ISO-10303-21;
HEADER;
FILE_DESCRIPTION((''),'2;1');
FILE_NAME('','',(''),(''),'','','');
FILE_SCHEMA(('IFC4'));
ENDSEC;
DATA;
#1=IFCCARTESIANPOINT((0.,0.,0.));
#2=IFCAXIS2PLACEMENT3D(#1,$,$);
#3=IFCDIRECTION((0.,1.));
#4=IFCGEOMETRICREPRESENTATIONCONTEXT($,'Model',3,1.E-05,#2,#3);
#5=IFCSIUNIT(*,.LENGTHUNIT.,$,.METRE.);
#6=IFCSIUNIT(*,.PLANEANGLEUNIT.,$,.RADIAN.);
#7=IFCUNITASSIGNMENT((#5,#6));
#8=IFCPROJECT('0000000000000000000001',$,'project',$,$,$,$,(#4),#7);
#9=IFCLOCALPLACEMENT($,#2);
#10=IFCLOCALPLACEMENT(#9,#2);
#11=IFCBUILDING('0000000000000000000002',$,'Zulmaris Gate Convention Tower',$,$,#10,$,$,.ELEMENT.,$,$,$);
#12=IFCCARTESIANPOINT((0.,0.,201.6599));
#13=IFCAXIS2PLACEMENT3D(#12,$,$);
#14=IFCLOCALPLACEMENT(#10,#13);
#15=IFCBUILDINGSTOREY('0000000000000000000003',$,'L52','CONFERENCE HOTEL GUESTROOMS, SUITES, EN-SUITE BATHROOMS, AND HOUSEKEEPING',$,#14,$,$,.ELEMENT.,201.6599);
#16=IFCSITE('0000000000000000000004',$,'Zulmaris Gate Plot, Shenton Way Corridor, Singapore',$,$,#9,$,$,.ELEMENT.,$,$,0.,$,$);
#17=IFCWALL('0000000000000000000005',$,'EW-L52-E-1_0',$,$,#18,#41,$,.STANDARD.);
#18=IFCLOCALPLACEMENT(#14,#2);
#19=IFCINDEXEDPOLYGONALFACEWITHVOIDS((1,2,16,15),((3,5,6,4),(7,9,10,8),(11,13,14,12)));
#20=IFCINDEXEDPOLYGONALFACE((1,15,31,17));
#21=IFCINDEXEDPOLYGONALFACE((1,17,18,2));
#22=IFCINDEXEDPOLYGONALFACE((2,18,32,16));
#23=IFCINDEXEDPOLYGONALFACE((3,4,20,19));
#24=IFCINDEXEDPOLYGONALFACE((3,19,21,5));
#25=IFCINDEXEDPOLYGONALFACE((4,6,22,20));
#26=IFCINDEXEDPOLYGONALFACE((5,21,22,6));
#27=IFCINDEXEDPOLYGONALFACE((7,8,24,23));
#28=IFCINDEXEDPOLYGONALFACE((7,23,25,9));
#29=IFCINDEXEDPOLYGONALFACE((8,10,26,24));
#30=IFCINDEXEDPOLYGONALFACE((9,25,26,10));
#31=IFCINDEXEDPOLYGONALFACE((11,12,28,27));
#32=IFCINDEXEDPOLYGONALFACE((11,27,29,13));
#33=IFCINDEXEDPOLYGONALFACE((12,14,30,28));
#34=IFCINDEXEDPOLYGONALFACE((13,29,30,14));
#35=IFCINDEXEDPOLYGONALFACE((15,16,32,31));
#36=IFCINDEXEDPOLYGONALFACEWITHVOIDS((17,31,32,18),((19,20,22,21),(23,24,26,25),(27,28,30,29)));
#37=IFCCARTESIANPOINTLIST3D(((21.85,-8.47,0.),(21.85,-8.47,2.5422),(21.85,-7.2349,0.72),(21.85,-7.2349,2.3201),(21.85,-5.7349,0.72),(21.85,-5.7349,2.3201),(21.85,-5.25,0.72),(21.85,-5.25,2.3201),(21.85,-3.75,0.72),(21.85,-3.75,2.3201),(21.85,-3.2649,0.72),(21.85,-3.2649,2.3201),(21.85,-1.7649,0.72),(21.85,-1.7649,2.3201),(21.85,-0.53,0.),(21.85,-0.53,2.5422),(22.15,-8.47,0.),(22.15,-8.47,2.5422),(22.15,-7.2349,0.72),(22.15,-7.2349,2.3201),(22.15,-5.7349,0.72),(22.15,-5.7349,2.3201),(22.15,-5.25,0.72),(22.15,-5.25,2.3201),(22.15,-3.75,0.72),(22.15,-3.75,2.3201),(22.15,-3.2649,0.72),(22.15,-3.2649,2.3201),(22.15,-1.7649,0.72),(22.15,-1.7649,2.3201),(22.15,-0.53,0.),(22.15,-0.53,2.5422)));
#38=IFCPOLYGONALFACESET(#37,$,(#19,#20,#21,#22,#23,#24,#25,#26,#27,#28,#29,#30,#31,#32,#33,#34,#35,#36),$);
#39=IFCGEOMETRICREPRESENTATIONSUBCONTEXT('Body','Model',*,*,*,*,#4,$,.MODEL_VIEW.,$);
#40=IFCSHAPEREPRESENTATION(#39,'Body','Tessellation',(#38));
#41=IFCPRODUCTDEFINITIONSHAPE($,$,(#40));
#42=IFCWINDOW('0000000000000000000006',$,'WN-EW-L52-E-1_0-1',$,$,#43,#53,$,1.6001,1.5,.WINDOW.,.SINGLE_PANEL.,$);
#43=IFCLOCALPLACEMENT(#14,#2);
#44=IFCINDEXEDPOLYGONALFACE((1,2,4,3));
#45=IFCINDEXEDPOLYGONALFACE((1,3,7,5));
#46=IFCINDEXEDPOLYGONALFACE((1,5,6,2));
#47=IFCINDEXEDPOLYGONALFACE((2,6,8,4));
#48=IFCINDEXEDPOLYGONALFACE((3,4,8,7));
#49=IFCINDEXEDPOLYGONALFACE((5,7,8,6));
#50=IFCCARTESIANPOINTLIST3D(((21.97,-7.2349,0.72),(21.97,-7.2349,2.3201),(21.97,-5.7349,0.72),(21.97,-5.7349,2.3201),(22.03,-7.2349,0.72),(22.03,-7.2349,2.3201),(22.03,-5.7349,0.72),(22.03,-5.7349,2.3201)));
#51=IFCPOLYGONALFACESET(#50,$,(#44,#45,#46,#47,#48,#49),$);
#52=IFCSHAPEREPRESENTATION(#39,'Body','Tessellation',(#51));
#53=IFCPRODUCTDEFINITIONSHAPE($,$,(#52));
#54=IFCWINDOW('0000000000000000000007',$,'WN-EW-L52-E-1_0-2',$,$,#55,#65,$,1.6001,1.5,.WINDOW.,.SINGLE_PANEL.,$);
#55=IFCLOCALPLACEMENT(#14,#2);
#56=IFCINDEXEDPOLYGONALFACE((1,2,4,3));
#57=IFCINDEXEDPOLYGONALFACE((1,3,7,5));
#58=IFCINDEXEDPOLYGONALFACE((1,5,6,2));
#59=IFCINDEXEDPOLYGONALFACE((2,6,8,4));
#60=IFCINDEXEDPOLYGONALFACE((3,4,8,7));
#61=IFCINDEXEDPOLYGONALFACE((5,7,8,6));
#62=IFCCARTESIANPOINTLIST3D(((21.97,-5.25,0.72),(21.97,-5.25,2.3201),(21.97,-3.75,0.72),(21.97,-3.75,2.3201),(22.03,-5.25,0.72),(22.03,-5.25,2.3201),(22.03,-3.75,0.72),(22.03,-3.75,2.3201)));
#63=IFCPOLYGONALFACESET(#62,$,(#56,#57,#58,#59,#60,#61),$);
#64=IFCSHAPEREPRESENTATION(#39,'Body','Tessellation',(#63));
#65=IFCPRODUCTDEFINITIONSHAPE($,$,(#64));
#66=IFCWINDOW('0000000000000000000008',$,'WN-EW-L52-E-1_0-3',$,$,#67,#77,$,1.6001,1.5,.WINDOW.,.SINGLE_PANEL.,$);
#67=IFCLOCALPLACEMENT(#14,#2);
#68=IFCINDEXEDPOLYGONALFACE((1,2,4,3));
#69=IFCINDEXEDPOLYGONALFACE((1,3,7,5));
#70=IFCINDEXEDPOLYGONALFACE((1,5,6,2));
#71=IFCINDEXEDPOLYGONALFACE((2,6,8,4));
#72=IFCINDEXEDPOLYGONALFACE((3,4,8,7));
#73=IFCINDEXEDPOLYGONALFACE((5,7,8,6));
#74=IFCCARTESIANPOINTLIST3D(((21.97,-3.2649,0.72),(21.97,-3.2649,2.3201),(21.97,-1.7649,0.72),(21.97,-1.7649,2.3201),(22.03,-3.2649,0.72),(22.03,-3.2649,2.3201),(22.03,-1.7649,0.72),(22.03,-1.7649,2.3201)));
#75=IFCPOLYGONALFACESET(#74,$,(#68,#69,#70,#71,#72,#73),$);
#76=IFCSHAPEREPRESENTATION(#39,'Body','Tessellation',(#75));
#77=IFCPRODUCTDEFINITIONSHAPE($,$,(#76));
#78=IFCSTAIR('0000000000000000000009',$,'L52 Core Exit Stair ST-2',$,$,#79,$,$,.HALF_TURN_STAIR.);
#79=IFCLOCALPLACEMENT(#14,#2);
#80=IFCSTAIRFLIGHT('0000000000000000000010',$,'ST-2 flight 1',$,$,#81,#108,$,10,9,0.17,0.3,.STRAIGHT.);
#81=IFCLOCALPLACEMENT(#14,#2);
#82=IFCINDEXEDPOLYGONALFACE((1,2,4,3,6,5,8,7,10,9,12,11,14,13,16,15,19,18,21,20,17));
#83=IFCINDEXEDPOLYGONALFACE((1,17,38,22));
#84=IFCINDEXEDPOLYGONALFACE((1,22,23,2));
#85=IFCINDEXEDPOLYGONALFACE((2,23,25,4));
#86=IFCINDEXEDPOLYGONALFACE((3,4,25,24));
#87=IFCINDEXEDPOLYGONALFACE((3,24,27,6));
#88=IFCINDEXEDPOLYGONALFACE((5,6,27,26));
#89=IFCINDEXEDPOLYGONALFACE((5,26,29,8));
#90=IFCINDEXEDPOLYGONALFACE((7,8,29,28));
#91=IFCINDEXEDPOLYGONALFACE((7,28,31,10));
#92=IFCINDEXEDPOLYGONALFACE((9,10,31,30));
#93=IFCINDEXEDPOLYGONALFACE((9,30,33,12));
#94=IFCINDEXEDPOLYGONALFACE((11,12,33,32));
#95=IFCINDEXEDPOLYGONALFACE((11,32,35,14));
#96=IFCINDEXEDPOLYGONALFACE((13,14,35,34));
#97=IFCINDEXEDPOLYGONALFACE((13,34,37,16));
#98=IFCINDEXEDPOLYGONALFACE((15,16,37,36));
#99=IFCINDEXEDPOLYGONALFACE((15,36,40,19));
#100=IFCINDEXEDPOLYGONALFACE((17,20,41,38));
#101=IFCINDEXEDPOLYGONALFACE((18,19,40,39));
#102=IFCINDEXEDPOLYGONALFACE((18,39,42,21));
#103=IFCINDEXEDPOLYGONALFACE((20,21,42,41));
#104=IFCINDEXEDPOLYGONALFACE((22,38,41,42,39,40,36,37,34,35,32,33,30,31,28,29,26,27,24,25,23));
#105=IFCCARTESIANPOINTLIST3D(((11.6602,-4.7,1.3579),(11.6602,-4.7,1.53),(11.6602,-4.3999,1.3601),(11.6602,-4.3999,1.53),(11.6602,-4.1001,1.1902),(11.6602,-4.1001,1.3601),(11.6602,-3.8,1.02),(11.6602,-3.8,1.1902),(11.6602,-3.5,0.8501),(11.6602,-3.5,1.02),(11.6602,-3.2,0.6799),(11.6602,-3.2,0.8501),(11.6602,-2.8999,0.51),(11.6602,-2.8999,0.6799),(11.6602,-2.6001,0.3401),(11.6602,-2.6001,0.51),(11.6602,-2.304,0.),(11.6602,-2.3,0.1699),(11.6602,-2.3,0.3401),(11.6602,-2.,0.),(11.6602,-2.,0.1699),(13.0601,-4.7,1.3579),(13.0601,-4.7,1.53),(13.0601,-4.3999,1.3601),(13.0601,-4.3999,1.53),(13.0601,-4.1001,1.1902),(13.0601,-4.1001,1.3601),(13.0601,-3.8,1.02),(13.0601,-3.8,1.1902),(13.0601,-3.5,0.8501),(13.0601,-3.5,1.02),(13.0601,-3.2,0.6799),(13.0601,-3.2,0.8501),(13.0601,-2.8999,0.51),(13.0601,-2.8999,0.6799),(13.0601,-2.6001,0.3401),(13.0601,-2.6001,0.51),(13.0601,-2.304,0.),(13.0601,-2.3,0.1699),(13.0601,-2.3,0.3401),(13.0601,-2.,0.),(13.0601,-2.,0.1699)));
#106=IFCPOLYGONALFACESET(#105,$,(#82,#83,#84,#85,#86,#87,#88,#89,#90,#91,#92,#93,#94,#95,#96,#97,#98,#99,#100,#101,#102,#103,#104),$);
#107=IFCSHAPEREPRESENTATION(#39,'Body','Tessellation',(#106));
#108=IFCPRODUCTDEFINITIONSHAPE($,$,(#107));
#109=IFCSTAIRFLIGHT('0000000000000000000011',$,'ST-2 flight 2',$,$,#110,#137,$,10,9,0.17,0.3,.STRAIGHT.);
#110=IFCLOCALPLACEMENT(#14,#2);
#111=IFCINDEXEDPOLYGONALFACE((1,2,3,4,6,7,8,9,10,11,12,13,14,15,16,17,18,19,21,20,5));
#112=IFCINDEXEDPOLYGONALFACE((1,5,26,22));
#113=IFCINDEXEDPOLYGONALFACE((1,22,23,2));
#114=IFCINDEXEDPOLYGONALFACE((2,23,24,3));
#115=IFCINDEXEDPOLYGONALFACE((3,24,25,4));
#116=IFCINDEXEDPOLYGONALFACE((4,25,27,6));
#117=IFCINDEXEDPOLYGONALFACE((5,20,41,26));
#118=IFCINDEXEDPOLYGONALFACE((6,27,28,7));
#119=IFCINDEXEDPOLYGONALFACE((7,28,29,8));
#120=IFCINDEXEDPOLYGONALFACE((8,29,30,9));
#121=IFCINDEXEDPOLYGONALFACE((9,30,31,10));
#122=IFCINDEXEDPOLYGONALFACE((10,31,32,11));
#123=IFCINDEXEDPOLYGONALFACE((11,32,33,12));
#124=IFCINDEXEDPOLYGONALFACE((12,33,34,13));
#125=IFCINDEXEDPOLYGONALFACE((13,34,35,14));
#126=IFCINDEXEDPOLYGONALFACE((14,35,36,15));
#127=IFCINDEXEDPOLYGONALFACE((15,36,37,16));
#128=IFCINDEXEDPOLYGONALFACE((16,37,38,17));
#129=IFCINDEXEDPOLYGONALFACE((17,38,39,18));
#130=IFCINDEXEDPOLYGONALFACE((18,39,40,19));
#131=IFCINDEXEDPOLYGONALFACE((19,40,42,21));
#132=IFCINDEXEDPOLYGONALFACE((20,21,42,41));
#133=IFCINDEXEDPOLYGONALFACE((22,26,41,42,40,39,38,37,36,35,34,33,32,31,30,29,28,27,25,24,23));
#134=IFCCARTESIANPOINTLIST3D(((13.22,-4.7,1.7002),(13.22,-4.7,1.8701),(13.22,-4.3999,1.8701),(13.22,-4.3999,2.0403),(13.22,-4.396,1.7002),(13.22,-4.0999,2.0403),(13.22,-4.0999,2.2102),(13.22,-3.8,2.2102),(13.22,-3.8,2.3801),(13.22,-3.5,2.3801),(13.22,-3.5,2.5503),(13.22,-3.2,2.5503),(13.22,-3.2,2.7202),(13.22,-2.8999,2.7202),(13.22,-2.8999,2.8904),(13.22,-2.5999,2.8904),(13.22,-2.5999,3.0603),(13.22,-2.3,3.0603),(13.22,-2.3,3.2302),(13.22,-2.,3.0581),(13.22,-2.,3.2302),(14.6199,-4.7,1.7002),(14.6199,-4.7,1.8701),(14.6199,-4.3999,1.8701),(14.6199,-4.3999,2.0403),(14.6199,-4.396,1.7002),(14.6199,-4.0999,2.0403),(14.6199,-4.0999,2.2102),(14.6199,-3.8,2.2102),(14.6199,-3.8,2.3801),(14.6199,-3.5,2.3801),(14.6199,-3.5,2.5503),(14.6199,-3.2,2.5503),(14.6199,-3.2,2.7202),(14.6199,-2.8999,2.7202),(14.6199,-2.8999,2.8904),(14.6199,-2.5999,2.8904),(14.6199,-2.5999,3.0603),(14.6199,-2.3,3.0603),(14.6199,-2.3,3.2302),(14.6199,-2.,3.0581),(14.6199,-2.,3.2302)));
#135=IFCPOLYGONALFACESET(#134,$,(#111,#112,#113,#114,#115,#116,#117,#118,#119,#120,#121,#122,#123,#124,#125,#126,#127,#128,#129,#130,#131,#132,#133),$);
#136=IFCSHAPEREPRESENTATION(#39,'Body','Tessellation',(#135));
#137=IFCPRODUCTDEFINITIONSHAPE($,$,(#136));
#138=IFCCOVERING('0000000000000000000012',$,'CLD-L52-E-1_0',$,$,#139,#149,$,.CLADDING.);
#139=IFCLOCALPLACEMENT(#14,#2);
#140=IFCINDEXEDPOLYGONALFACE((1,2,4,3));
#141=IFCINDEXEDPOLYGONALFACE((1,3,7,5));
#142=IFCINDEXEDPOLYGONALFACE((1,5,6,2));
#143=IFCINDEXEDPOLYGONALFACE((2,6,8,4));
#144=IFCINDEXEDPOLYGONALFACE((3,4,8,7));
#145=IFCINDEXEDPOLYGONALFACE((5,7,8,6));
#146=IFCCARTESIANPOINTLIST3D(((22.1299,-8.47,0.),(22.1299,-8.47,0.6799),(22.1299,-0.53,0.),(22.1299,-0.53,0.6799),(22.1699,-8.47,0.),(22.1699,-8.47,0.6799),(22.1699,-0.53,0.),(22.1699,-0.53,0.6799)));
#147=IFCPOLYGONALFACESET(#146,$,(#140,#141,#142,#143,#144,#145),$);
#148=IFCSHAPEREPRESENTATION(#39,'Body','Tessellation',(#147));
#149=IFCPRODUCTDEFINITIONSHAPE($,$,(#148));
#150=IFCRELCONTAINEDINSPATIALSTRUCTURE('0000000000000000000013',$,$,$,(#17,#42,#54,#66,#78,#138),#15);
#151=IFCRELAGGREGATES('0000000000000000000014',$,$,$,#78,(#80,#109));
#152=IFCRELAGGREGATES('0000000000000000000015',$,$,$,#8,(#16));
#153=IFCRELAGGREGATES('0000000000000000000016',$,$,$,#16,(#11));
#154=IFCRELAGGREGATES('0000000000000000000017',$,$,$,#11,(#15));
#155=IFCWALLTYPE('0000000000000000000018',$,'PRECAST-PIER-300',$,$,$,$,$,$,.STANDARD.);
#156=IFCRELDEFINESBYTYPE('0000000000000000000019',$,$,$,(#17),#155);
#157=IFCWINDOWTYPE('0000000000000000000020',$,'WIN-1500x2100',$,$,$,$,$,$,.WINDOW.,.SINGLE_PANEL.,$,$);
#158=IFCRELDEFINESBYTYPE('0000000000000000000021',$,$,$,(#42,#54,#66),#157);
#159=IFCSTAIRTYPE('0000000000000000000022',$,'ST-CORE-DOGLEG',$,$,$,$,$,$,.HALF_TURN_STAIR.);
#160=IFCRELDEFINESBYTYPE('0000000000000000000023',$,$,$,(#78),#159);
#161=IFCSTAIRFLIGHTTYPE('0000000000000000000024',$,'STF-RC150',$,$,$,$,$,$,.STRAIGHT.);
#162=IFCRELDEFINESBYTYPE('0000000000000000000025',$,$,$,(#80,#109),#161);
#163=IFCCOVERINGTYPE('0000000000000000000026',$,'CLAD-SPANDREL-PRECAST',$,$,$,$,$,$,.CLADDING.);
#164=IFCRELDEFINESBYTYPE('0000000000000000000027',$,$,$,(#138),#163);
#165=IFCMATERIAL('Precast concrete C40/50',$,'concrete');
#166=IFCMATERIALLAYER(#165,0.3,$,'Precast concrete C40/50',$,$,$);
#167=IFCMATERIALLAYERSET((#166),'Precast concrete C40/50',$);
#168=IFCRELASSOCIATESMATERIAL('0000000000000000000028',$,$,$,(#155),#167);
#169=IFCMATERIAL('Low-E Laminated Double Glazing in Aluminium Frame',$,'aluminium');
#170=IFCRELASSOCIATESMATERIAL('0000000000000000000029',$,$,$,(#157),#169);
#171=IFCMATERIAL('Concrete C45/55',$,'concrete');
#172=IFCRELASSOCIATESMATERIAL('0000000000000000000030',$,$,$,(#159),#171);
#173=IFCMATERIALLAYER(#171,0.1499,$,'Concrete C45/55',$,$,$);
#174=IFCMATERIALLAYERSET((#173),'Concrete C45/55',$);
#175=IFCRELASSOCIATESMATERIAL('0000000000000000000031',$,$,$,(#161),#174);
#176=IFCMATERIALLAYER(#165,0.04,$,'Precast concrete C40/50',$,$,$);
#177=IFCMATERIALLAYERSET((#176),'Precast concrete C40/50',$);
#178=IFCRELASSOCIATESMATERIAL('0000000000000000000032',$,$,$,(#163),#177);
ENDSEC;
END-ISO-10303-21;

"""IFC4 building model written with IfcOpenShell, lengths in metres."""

from ifc_helpers import new_model, si_unit, direction, frame, frame_2d, origin, place, context, subcontext, project, spatial, polyline, rectangle, outline, extrude, material, layer, layer_set, type_object, element, fill, aggregate, save


model = new_model("IFC4")

# Units and contexts
model_context = context("Model", 3, precision=1e-05, world=origin(), true_north=direction((0.0, 1.0)))
body_context = subcontext(model_context, "Body", "Model", "MODEL_VIEW")
ifc_project = project(units=[si_unit("LENGTHUNIT", "METRE"), si_unit("PLANEANGLEUNIT", "RADIAN")], contexts=[model_context])

# Site, building, storey
site_placement = place(None, origin())
site = spatial("IfcSite", under=ifc_project, at=site_placement, Name="Zulmaris Gate Plot, Shenton Way Corridor, Singapore", CompositionType="ELEMENT", RefElevation=0.0)
building_placement = place(site_placement, origin())
building = spatial("IfcBuilding", under=site, at=building_placement, Name="Zulmaris Gate Convention Tower", CompositionType="ELEMENT")
storey_placement = place(building_placement, frame((0.0, 0.0, 201.6599)))
storey = spatial("IfcBuildingStorey", under=building, at=storey_placement, Name="L52", Description="CONFERENCE HOTEL GUESTROOMS, SUITES, EN-SUITE BATHROOMS, AND HOUSEKEEPING", CompositionType="ELEMENT", Elevation=201.6599)

# Wall, openings, windows
ifc_material_1 = material(Name="Precast concrete C40/50", Category="concrete")
ifc_layer_1 = layer(ifc_material_1, 0.3, Name="Precast concrete C40/50")
ifc_layer_set_1 = layer_set([ifc_layer_1], Name="Precast concrete C40/50")
wall_type_1 = type_object("IfcWallType", Name="PRECAST-PIER-300", PredefinedType="STANDARD", material=ifc_layer_set_1)
wall_1_placement = place(storey_placement, frame((22.0, -8.47, 0.0), z_axis=(0.0, 0.0, 1.0), x_axis=(0.0, 1.0, 0.0)))
wall_1 = element("IfcWall", 1, at=wall_1_placement, inside=storey, type_object=wall_type_1, Name="EW-L52-E-1_0", PredefinedType="STANDARD", context=body_context, shape_type="SweptSolid", body=[
    extrude(rectangle(XDim=7.9399, YDim=0.3, at=frame_2d((3.97, 0.0))), origin(), (0.0, 0.0, 1.0), 2.5422),
])
opening_1_placement = place(wall_1_placement, frame((1.2351, 0.0, 0.72)))
opening_1 = element("IfcOpeningElement", 2, at=opening_1_placement, cuts=wall_1, PredefinedType="OPENING", context=body_context, shape_type="SweptSolid", body=[
    extrude(rectangle(XDim=1.5, YDim=1.6001, at=frame_2d((0.75, 0.8))), frame((0.0, 0.1602, 0.0), z_axis=(0.0, -1.0, 0.0), x_axis=(1.0, 0.0, 0.0)), (0.0, 0.0, 1.0), 0.3201),
])
opening_2_placement = place(wall_1_placement, frame((3.22, 0.0, 0.72)))
opening_2 = element("IfcOpeningElement", 3, at=opening_2_placement, cuts=wall_1, PredefinedType="OPENING", context=body_context, shape_type="SweptSolid", body=[
    extrude(rectangle(XDim=1.5, YDim=1.6001, at=frame_2d((0.75, 0.8))), frame((0.0, 0.1602, 0.0), z_axis=(0.0, -1.0, 0.0), x_axis=(1.0, 0.0, 0.0)), (0.0, 0.0, 1.0), 0.3201),
])
opening_3_placement = place(wall_1_placement, frame((5.2051, 0.0, 0.72)))
opening_3 = element("IfcOpeningElement", 4, at=opening_3_placement, cuts=wall_1, PredefinedType="OPENING", context=body_context, shape_type="SweptSolid", body=[
    extrude(rectangle(XDim=1.5, YDim=1.6001, at=frame_2d((0.75, 0.8))), frame((0.0, 0.1602, 0.0), z_axis=(0.0, -1.0, 0.0), x_axis=(1.0, 0.0, 0.0)), (0.0, 0.0, 1.0), 0.3201),
])
ifc_material_2 = material(Name="Low-E Laminated Double Glazing in Aluminium Frame", Category="aluminium")
window_type = type_object("IfcWindowType", Name="WIN-1500x2100", PartitioningType="SINGLE_PANEL", PredefinedType="WINDOW", material=ifc_material_2)
window_1_placement = place(opening_1_placement, origin())
window_1 = element("IfcWindow", 5, at=window_1_placement, inside=storey, type_object=window_type, Name="WN-EW-L52-E-1_0-1", OverallHeight=1.6001, OverallWidth=1.5, PartitioningType="SINGLE_PANEL", PredefinedType="WINDOW", context=body_context, shape_type="SweptSolid", body=[
    extrude(rectangle(XDim=1.5, YDim=1.6001, at=frame_2d((0.75, 0.8))), frame((0.0, 0.03, 0.0), z_axis=(0.0, -1.0, 0.0), x_axis=(1.0, 0.0, 0.0)), (0.0, 0.0, 1.0), 0.0601),
])
fill(opening_1, window_1)
window_2_placement = place(opening_2_placement, origin())
window_2 = element("IfcWindow", 6, at=window_2_placement, inside=storey, type_object=window_type, Name="WN-EW-L52-E-1_0-2", OverallHeight=1.6001, OverallWidth=1.5, PartitioningType="SINGLE_PANEL", PredefinedType="WINDOW", context=body_context, shape_type="SweptSolid", body=[
    extrude(rectangle(XDim=1.5, YDim=1.6001, at=frame_2d((0.75, 0.8))), frame((0.0, 0.03, 0.0), z_axis=(0.0, -1.0, 0.0), x_axis=(1.0, 0.0, 0.0)), (0.0, 0.0, 1.0), 0.0601),
])
fill(opening_2, window_2)
window_3_placement = place(opening_3_placement, origin())
window_3 = element("IfcWindow", 7, at=window_3_placement, inside=storey, type_object=window_type, Name="WN-EW-L52-E-1_0-3", OverallHeight=1.6001, OverallWidth=1.5, PartitioningType="SINGLE_PANEL", PredefinedType="WINDOW", context=body_context, shape_type="SweptSolid", body=[
    extrude(rectangle(XDim=1.5, YDim=1.6001, at=frame_2d((0.75, 0.8))), frame((0.0, 0.03, 0.0), z_axis=(0.0, -1.0, 0.0), x_axis=(1.0, 0.0, 0.0)), (0.0, 0.0, 1.0), 0.0601),
])
fill(opening_3, window_3)

# Stair, stair flights
ifc_material_3 = material(Name="Concrete C45/55", Category="concrete")
stair_type = type_object("IfcStairType", Name="ST-CORE-DOGLEG", PredefinedType="HALF_TURN_STAIR", material=ifc_material_3)
stair_placement = place(storey_placement, origin())
stair = element("IfcStair", 8, at=stair_placement, inside=storey, type_object=stair_type, Name="L52 Core Exit Stair ST-2", PredefinedType="HALF_TURN_STAIR")
ifc_layer_2 = layer(ifc_material_3, 0.1499, Name="Concrete C45/55")
ifc_layer_set_2 = layer_set([ifc_layer_2], Name="Concrete C45/55")
stair_flight_type = type_object("IfcStairFlightType", Name="STF-RC150", PredefinedType="STRAIGHT", material=ifc_layer_set_2)
stair_flight_1_placement = place(storey_placement, frame((12.3601, -2.0, 0.0), z_axis=(0.0, 0.0, 1.0), x_axis=(0.0, -1.0, 0.0)))
stair_flight_1 = element("IfcStairFlight", 9, at=stair_flight_1_placement, type_object=stair_flight_type, Name="ST-2 flight 1", NumberOfRisers=10, NumberOfTreads=9, PredefinedType="STRAIGHT", RiserHeight=0.17, TreadLength=0.3, context=body_context, shape_type="SweptSolid", body=[
    extrude(outline(polyline([(0.0, 0.0), (0.0, 0.1699), (0.3, 0.1699), (0.3, 0.3401), (0.6001, 0.3401), (0.6001, 0.51), (0.8999, 0.51), (0.8999, 0.6799), (1.2, 0.6799), (1.2, 0.8501), (1.5, 0.8501), (1.5, 1.02), (1.8, 1.02), (1.8, 1.1902), (2.1001, 1.1902), (2.1001, 1.3601), (2.3999, 1.3601), (2.3999, 1.53), (2.7, 1.53), (2.7, 1.7002), (2.7, 1.3579), (0.304, 0.0), (0.0, 0.0)])), frame((0.0, 0.7, 0.0), z_axis=(0.0, -1.0, 0.0), x_axis=(1.0, 0.0, 0.0)), (0.0, 0.0, 1.0), 1.3999),
])
stair_flight_2_placement = place(storey_placement, frame((13.9199, -4.7, 1.7002), z_axis=(0.0, 0.0, 1.0), x_axis=(0.0, 1.0, 0.0)))
stair_flight_2 = element("IfcStairFlight", 10, at=stair_flight_2_placement, type_object=stair_flight_type, Name="ST-2 flight 2", NumberOfRisers=10, NumberOfTreads=9, PredefinedType="STRAIGHT", RiserHeight=0.17, TreadLength=0.3, context=body_context, shape_type="SweptSolid", body=[
    extrude(outline(polyline([(0.0, 0.0), (0.0, 0.1699), (0.3, 0.1699), (0.3, 0.3401), (0.6001, 0.3401), (0.6001, 0.51), (0.8999, 0.51), (0.8999, 0.6799), (1.2, 0.6799), (1.2, 0.8501), (1.5, 0.8501), (1.5, 1.02), (1.8, 1.02), (1.8, 1.1902), (2.1001, 1.1902), (2.1001, 1.3601), (2.3999, 1.3601), (2.3999, 1.53), (2.7, 1.53), (2.7, 1.7002), (2.7, 1.3579), (0.304, 0.0), (0.0, 0.0)])), frame((0.0, 0.7, 0.0), z_axis=(0.0, -1.0, 0.0), x_axis=(1.0, 0.0, 0.0)), (0.0, 0.0, 1.0), 1.3999),
])
aggregate(stair, [stair_flight_1, stair_flight_2])

# Covering
ifc_layer_3 = layer(ifc_material_1, 0.04, Name="Precast concrete C40/50")
ifc_layer_set_3 = layer_set([ifc_layer_3], Name="Precast concrete C40/50")
covering_type = type_object("IfcCoveringType", Name="CLAD-SPANDREL-PRECAST", PredefinedType="CLADDING", material=ifc_layer_set_3)
covering_placement = place(storey_placement, frame((22.1499, -8.47, 0.0), z_axis=(0.0, 0.0, 1.0), x_axis=(0.0, 1.0, 0.0)))
element("IfcCovering", 11, at=covering_placement, inside=storey, type_object=covering_type, Name="CLD-L52-E-1_0", PredefinedType="CLADDING", context=body_context, shape_type="SweptSolid", body=[
    extrude(rectangle(XDim=7.9399, YDim=0.04, at=frame_2d((3.97, 0.0))), origin(), (0.0, 0.0, 1.0), 0.6799),
])

save(model, "model.ifc")
